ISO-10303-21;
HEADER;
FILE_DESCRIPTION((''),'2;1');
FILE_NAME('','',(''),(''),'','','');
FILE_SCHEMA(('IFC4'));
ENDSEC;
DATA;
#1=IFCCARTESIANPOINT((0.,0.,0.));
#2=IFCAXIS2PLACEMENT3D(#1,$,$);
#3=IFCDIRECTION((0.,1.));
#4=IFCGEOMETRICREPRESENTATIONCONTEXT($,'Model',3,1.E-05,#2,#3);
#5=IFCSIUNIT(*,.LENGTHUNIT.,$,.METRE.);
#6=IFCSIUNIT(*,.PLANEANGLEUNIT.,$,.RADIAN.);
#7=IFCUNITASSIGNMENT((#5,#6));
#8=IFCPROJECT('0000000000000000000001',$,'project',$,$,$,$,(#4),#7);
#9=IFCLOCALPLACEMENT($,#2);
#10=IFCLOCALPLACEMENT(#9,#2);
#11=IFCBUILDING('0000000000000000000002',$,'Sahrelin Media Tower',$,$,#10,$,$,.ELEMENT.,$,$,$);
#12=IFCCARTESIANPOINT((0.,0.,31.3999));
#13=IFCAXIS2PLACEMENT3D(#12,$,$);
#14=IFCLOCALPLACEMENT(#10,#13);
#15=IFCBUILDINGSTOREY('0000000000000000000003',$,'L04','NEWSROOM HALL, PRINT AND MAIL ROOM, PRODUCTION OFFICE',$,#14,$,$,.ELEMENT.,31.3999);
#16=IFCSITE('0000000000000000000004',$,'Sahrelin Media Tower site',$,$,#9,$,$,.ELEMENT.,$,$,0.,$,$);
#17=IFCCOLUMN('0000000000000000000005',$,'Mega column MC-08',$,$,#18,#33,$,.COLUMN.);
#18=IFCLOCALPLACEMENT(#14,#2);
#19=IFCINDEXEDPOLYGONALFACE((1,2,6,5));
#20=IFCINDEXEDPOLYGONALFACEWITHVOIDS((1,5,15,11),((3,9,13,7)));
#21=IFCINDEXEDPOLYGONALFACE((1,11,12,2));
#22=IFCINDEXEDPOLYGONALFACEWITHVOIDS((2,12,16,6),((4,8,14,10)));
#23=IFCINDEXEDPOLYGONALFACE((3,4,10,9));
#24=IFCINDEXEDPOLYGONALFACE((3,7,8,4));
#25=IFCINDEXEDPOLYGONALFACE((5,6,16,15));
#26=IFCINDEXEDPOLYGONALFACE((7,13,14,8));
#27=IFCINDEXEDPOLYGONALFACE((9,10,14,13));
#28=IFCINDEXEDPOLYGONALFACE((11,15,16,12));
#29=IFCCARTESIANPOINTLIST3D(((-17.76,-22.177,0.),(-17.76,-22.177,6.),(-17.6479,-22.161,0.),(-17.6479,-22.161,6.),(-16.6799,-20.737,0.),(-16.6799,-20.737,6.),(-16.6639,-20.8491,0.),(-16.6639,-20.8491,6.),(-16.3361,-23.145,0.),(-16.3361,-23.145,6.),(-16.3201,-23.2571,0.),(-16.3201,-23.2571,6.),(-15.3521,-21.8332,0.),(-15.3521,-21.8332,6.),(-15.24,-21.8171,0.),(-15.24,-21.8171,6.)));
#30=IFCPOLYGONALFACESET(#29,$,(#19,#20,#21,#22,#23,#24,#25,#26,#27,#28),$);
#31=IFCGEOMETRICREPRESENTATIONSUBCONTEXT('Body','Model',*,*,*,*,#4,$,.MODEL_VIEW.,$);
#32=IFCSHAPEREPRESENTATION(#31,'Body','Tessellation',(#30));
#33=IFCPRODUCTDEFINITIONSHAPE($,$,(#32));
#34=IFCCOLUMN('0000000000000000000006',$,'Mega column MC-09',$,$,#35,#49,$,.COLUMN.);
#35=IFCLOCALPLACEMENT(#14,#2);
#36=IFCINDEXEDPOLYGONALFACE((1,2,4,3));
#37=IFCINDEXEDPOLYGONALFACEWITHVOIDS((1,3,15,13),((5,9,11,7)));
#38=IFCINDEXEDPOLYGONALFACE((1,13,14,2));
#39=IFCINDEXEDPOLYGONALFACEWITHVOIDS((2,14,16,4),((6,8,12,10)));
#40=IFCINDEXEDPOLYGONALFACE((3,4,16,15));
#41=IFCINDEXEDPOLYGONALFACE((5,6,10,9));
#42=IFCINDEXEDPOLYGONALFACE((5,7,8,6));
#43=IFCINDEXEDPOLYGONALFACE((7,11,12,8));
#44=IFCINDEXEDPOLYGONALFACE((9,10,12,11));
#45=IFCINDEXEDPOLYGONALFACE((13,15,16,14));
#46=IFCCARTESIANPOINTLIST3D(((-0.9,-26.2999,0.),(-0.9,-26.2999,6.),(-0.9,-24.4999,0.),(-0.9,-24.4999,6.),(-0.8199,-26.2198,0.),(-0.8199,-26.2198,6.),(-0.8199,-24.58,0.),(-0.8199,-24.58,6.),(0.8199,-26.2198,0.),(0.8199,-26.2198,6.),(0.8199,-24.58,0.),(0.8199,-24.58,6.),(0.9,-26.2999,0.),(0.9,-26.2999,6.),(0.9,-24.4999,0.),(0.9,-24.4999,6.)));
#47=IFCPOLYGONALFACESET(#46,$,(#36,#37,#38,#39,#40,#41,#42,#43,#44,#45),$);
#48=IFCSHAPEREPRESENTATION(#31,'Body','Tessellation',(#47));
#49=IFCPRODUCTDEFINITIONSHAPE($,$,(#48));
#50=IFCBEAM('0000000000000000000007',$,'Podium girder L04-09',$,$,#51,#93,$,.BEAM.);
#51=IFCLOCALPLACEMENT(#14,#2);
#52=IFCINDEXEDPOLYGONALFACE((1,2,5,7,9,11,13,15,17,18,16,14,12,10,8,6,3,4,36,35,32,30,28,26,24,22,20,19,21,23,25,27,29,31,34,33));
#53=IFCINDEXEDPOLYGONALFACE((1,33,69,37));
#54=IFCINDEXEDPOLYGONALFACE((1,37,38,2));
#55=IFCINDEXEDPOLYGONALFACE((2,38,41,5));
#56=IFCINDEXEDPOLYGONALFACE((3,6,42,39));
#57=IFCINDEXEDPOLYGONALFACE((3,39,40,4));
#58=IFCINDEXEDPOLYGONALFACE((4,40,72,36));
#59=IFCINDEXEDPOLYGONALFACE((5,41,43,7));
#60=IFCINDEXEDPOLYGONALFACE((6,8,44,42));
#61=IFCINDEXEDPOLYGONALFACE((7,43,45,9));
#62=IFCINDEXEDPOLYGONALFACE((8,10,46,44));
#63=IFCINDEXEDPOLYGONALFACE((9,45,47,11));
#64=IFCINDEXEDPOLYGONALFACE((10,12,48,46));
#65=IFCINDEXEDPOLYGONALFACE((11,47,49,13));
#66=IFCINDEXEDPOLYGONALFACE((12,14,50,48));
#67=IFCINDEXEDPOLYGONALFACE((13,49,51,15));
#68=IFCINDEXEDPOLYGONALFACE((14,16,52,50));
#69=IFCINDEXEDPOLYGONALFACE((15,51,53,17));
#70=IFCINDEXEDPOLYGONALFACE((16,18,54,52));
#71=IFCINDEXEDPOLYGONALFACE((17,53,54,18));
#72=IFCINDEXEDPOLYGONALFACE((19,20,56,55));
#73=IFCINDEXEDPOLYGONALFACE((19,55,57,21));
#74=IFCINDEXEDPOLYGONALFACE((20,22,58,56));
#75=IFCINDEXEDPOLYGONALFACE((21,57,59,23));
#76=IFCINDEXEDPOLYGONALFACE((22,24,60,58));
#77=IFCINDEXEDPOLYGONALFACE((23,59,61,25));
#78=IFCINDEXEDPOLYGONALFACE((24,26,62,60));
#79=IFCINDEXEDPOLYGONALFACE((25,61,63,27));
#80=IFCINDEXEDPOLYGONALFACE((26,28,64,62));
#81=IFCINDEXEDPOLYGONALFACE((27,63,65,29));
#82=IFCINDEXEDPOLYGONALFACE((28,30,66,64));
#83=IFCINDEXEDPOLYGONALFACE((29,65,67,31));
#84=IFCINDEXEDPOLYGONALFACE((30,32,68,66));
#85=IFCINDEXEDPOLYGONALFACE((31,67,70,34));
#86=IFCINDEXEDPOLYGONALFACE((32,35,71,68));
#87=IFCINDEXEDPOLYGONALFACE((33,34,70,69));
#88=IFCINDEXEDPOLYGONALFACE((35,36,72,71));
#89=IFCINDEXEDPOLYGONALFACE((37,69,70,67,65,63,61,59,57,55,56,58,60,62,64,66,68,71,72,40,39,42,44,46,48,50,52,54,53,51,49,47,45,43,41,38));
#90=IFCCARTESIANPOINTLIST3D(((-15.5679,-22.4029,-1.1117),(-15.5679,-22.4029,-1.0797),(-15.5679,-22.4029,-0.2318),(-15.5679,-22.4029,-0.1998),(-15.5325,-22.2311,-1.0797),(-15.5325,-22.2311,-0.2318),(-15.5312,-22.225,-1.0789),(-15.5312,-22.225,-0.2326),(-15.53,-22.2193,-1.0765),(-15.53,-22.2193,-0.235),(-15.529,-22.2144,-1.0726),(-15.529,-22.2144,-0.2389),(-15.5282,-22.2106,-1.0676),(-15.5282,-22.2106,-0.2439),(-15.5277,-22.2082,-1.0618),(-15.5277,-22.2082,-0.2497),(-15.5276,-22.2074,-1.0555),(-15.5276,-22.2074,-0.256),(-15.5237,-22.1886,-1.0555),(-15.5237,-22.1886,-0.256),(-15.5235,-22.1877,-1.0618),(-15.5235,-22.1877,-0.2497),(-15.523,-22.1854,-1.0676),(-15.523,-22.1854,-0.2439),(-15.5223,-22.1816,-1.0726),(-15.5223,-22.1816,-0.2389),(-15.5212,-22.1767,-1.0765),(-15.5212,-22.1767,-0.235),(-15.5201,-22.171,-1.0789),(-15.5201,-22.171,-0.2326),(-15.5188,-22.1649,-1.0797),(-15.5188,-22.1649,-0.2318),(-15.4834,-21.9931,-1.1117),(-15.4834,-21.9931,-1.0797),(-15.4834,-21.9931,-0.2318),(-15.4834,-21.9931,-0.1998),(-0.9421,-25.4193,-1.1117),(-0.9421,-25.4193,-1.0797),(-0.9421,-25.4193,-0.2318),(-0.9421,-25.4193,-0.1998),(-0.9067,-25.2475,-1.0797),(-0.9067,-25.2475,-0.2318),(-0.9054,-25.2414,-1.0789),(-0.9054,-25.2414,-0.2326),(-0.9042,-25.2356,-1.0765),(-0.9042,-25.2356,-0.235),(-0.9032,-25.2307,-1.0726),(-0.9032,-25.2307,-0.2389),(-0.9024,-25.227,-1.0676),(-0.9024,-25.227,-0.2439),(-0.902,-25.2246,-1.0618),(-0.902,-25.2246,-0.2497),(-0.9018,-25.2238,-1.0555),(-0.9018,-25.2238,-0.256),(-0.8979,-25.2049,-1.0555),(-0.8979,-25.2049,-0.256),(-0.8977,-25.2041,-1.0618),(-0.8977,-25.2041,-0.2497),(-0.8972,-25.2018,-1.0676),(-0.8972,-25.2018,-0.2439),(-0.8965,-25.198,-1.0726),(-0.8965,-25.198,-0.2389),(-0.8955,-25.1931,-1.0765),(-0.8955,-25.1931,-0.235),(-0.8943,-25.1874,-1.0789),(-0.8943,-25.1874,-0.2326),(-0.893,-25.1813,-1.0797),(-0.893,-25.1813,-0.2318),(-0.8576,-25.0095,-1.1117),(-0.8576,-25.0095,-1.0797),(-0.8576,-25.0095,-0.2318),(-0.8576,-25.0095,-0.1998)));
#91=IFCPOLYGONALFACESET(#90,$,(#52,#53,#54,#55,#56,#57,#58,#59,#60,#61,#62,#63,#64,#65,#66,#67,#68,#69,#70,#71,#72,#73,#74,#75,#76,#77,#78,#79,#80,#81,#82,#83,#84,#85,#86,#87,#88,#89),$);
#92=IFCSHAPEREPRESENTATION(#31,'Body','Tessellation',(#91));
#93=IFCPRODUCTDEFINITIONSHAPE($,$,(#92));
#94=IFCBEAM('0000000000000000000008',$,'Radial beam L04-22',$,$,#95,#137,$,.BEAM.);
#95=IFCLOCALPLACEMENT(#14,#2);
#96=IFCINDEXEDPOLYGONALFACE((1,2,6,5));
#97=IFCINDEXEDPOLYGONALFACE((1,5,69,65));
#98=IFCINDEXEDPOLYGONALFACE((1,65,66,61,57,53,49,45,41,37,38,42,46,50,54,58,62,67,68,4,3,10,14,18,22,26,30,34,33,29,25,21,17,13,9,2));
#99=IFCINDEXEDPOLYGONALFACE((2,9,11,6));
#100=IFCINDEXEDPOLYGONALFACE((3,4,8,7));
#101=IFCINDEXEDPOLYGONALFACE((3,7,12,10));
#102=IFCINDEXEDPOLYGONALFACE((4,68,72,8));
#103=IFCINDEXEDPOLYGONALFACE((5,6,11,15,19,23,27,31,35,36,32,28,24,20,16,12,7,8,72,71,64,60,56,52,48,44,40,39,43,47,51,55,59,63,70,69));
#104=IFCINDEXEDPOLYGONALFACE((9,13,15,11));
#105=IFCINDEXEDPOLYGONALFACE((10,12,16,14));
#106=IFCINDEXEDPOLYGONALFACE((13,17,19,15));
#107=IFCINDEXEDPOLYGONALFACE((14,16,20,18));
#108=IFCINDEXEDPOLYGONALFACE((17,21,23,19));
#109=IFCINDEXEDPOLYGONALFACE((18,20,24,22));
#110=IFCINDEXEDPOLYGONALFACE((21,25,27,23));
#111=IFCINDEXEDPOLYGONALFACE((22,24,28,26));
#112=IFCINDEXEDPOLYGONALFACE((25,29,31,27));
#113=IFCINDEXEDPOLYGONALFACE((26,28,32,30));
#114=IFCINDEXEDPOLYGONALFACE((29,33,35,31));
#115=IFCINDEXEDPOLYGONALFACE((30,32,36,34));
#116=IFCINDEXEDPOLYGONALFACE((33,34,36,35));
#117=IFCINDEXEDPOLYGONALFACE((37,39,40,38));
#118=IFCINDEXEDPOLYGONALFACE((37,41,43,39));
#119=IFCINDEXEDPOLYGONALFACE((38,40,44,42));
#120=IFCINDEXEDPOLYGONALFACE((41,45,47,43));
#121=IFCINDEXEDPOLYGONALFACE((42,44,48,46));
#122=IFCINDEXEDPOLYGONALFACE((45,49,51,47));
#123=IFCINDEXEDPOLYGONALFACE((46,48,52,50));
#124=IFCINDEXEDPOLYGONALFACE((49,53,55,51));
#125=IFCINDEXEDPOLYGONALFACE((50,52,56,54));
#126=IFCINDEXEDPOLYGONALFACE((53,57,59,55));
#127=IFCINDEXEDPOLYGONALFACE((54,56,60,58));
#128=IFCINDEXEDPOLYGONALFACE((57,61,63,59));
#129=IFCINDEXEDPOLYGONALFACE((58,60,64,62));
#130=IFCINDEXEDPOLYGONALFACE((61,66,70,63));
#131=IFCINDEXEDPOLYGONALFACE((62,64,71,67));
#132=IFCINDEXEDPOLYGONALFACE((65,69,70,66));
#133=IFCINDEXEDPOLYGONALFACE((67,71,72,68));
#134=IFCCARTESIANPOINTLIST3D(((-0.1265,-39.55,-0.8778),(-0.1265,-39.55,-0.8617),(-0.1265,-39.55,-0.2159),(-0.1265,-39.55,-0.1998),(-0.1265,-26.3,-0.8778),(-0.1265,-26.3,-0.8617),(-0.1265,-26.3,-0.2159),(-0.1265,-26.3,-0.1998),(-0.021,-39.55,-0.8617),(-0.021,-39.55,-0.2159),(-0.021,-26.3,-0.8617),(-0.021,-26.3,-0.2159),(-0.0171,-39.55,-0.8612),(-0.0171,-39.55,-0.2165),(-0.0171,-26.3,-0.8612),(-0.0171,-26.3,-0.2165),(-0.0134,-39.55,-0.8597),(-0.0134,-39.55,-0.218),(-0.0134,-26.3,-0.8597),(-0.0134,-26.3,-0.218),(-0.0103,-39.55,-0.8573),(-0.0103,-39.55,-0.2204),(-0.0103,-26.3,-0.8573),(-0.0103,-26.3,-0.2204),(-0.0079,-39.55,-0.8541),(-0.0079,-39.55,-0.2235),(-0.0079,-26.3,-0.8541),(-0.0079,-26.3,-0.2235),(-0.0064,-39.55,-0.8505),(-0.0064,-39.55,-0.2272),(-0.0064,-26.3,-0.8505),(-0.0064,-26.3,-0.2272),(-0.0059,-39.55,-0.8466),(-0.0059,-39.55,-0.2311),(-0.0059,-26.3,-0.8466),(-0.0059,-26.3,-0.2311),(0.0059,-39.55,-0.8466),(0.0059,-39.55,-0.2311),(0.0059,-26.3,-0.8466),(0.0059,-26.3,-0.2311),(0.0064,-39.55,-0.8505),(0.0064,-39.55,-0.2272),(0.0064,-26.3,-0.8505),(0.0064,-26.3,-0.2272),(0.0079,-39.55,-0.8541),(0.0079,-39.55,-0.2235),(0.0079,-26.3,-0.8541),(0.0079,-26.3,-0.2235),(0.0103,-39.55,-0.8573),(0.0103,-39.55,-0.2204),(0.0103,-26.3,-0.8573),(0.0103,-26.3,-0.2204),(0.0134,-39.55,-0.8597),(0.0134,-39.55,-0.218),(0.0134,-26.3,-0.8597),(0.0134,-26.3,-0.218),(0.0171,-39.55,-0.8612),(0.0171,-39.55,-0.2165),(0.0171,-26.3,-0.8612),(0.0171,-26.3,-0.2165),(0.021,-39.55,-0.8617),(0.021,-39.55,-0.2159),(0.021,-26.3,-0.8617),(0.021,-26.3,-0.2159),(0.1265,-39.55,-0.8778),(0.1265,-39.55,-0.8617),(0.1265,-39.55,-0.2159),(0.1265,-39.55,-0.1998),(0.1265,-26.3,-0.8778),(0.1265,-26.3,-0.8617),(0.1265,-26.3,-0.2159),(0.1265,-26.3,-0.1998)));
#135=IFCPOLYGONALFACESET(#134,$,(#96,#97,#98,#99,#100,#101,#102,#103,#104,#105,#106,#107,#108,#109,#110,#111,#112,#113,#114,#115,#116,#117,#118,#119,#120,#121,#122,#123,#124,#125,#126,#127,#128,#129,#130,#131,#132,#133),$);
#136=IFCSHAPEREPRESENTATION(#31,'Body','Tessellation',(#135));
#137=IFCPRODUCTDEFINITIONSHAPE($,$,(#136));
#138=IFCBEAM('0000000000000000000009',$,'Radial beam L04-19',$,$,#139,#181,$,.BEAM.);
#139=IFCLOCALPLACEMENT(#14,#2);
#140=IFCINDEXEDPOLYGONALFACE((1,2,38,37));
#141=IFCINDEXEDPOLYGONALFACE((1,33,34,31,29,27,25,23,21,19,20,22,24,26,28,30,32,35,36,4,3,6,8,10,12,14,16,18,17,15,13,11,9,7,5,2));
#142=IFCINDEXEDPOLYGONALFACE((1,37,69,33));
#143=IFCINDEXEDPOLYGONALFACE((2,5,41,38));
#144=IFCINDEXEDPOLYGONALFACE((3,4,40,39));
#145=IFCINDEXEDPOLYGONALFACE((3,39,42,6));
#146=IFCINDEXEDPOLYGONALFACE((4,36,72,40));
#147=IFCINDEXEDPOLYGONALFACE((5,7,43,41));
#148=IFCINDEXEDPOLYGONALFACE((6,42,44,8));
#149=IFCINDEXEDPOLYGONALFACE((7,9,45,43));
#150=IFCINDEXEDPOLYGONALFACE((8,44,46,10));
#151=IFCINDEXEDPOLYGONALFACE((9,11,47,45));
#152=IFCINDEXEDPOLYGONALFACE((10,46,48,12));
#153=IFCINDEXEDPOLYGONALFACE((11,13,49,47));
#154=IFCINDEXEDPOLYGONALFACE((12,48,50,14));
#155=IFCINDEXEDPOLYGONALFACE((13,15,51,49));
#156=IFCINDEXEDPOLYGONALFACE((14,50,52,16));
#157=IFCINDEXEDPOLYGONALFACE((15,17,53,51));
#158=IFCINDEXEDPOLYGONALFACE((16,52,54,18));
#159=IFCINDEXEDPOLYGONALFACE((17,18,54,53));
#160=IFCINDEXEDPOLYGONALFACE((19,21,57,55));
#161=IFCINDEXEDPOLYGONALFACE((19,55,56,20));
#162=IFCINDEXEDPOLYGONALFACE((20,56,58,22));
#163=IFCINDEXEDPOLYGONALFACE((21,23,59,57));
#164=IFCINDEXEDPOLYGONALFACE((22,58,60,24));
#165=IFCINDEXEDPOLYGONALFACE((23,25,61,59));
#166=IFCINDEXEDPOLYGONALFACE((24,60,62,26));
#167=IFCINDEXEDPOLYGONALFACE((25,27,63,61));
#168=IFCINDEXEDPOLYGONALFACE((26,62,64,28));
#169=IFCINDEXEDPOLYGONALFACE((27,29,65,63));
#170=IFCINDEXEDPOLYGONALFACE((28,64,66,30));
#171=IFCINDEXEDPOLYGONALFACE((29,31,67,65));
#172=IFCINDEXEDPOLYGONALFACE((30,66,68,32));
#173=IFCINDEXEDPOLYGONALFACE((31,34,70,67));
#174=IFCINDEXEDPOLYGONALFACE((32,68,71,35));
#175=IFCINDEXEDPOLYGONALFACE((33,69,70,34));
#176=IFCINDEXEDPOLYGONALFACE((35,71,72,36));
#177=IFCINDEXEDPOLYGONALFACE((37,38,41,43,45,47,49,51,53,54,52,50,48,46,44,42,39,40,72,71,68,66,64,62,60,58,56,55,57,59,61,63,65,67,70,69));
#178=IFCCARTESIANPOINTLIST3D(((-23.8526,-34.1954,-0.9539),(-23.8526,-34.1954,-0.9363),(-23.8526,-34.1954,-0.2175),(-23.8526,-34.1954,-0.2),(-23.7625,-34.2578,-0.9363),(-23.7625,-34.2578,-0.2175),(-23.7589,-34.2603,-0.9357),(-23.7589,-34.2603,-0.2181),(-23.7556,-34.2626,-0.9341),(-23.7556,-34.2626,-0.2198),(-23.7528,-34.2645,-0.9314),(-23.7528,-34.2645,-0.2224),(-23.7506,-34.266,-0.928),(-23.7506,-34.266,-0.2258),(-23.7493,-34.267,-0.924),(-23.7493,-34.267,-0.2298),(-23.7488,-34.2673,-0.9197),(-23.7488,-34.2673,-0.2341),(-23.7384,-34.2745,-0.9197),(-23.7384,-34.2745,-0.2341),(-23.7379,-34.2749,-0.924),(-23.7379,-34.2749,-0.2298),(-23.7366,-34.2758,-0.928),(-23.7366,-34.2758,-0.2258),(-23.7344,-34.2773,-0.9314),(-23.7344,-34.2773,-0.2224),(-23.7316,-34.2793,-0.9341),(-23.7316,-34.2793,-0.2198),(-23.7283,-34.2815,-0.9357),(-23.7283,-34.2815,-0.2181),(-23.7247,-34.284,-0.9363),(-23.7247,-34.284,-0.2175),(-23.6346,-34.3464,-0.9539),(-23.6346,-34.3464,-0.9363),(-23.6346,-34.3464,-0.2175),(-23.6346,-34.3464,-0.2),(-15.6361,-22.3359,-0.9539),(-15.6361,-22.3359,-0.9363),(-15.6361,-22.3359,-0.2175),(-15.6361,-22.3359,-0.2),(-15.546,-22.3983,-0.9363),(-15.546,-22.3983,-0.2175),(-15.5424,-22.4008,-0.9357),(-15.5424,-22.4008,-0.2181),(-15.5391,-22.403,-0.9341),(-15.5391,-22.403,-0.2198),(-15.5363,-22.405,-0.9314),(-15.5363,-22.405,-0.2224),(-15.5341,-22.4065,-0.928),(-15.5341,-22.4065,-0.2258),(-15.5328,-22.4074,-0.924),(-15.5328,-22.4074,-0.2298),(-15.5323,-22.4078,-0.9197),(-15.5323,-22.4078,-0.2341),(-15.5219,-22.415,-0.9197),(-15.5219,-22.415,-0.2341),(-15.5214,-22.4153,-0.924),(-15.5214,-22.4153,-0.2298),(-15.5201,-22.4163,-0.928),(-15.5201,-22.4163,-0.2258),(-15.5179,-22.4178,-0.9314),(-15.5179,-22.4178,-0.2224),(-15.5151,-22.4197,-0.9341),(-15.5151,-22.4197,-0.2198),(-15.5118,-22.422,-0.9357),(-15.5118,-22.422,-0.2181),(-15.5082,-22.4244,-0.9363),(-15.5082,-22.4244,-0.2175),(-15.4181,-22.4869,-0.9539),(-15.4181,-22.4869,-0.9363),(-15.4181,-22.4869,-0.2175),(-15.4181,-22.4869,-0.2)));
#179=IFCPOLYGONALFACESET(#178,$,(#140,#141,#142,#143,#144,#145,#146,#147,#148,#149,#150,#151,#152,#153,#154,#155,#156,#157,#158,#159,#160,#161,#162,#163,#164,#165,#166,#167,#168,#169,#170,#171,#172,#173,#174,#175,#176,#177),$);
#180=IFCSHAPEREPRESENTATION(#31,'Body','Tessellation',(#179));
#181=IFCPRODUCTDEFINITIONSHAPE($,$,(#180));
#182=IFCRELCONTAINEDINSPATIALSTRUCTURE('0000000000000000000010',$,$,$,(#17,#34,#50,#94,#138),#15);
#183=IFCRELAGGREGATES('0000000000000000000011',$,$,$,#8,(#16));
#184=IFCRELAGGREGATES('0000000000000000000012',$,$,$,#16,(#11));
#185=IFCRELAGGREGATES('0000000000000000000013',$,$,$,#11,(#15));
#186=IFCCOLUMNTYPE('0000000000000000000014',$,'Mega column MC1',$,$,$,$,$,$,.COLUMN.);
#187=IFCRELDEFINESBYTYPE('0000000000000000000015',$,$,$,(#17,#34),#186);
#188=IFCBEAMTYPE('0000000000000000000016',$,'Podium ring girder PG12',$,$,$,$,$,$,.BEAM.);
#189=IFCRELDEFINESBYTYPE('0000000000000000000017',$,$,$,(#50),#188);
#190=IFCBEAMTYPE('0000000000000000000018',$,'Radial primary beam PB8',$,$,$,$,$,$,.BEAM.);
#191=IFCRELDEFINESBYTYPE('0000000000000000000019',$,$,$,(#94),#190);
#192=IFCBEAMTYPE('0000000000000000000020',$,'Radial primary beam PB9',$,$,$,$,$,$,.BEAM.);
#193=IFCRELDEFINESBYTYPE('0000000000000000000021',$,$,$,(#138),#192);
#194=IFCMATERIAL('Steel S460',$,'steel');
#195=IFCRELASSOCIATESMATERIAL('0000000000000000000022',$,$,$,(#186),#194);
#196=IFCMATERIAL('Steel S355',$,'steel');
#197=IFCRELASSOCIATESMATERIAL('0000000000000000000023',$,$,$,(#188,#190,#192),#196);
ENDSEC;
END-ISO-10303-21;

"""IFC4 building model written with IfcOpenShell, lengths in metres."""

from ifc_helpers import new_model, si_unit, direction, frame, origin, origin_2d, place, context, subcontext, project, spatial, hollow_rectangle, i_section, extrude, material, material_profile, profile_set, type_object, element, save


model = new_model("IFC4")

# Units and contexts
model_context = context("Model", 3, precision=1e-05, world=origin(), true_north=direction((0.0, 1.0)))
body_context = subcontext(model_context, "Body", "Model", "MODEL_VIEW")
ifc_project = project(units=[si_unit("LENGTHUNIT", "METRE"), si_unit("PLANEANGLEUNIT", "RADIAN")], contexts=[model_context])

# Site, building, storey
site_placement = place(None, origin())
site = spatial("IfcSite", under=ifc_project, at=site_placement, Name="Sahrelin Media Tower site", CompositionType="ELEMENT", RefElevation=0.0)
building_placement = place(site_placement, origin())
building = spatial("IfcBuilding", under=site, at=building_placement, Name="Sahrelin Media Tower", CompositionType="ELEMENT")
storey_placement = place(building_placement, frame((0.0, 0.0, 31.3999)))
storey = spatial("IfcBuildingStorey", under=building, at=storey_placement, Name="L04", Description="NEWSROOM HALL, PRINT AND MAIL ROOM, PRODUCTION OFFICE", CompositionType="ELEMENT", Elevation=31.3999)

# Columns
ifc_material_1 = material(Name="Steel S460", Category="steel")
ifc_material_profile_1 = material_profile(ifc_material_1, hollow_rectangle(XDim=1.8, YDim=1.8, WallThickness=0.0801, at=origin_2d()), Name="Mega column MC1")
ifc_profile_set_1 = profile_set([ifc_material_profile_1], Name="Steel S460")
column_type = type_object("IfcColumnType", Name="Mega column MC1", PredefinedType="COLUMN", material=ifc_profile_set_1)
for number, where, z_axis, x_axis, name in (
    (1, (-16.5, -21.9971, 0.0), (0.0, 0.0, 1.0), (-0.600052, -0.799961, 0.0), "Mega column MC-08"),
    (2, (0.0, -25.3999, 0.0), (0.0, 0.0, 1.0), (0.0, -1.0, 0.0), "Mega column MC-09"),
):
    element("IfcColumn", number, at=place(storey_placement, frame(where, z_axis=z_axis, x_axis=x_axis)), inside=storey, type_object=column_type, Name=name, PredefinedType="COLUMN", context=body_context, shape_type="SweptSolid", body=[
        extrude(hollow_rectangle(XDim=1.8, YDim=1.8, WallThickness=0.0801, at=origin_2d()), origin(), (0.0, 0.0, 1.0), 6.0),
    ])

# Beams
ifc_material_2 = material(Name="Steel S355", Category="steel")
ifc_material_profile_2 = material_profile(ifc_material_2, i_section(OverallWidth=0.4185, OverallDepth=0.9119, WebThickness=0.0193, FlangeThickness=0.032, FilletRadius=0.0242, at=origin_2d()), Name="UB 914x419x343")
ifc_profile_set_2 = profile_set([ifc_material_profile_2], Name="Steel S355")
beam_type_1 = type_object("IfcBeamType", Name="Podium ring girder PG12", PredefinedType="BEAM", material=ifc_profile_set_2)
beam_1_placement = place(storey_placement, frame((-15.5256, -22.198, -0.6558), z_axis=(0.979389, -0.201985, 0.0), x_axis=(0.201985, 0.979389, 0.0)))
element("IfcBeam", 3, at=beam_1_placement, inside=storey, type_object=beam_type_1, Name="Podium girder L04-09", PredefinedType="BEAM", context=body_context, shape_type="SweptSolid", body=[
    extrude(i_section(OverallWidth=0.4185, OverallDepth=0.9119, WebThickness=0.0193, FlangeThickness=0.032, FilletRadius=0.0242, at=origin_2d()), origin(), (0.0, 0.0, 1.0), 14.9336),
])
ifc_material_profile_3 = material_profile(ifc_material_2, i_section(OverallWidth=0.2529, OverallDepth=0.678, WebThickness=0.0117, FlangeThickness=0.0161, FilletRadius=0.0151, at=origin_2d()), Name="UB 686x254x125")
ifc_profile_set_3 = profile_set([ifc_material_profile_3], Name="Steel S355")
beam_type_2 = type_object("IfcBeamType", Name="Radial primary beam PB8", PredefinedType="BEAM", material=ifc_profile_set_3)
beam_2_placement = place(storey_placement, frame((0.0, -26.3, -0.5388), z_axis=(0.0, -1.0, 0.0), x_axis=(1.0, 0.0, 0.0)))
element("IfcBeam", 4, at=beam_2_placement, inside=storey, type_object=beam_type_2, Name="Radial beam L04-22", PredefinedType="BEAM", context=body_context, shape_type="SweptSolid", body=[
    extrude(i_section(OverallWidth=0.2529, OverallDepth=0.678, WebThickness=0.0117, FlangeThickness=0.0161, FilletRadius=0.0151, at=origin_2d()), origin(), (0.0, 0.0, 1.0), 13.25),
])
ifc_material_profile_4 = material_profile(ifc_material_2, i_section(OverallWidth=0.2651, OverallDepth=0.7539, WebThickness=0.0127, FlangeThickness=0.0176, FilletRadius=0.0166, at=origin_2d()), Name="UB 762x267x147")
ifc_profile_set_4 = profile_set([ifc_material_profile_4], Name="Steel S355")
beam_type_3 = type_object("IfcBeamType", Name="Radial primary beam PB9", PredefinedType="BEAM", material=ifc_profile_set_4)
beam_3_placement = place(storey_placement, frame((-15.5271, -22.4114, -0.5769), z_axis=(-0.569493, -0.821996, 0.0), x_axis=(0.821996, -0.569493, 0.0)))
element("IfcBeam", 5, at=beam_3_placement, inside=storey, type_object=beam_type_3, Name="Radial beam L04-19", PredefinedType="BEAM", context=body_context, shape_type="SweptSolid", body=[
    extrude(i_section(OverallWidth=0.2651, OverallDepth=0.7539, WebThickness=0.0127, FlangeThickness=0.0176, FilletRadius=0.0166, at=origin_2d()), origin(), (0.0, 0.0, 1.0), 14.4277),
])

save(model, "model.ifc")
